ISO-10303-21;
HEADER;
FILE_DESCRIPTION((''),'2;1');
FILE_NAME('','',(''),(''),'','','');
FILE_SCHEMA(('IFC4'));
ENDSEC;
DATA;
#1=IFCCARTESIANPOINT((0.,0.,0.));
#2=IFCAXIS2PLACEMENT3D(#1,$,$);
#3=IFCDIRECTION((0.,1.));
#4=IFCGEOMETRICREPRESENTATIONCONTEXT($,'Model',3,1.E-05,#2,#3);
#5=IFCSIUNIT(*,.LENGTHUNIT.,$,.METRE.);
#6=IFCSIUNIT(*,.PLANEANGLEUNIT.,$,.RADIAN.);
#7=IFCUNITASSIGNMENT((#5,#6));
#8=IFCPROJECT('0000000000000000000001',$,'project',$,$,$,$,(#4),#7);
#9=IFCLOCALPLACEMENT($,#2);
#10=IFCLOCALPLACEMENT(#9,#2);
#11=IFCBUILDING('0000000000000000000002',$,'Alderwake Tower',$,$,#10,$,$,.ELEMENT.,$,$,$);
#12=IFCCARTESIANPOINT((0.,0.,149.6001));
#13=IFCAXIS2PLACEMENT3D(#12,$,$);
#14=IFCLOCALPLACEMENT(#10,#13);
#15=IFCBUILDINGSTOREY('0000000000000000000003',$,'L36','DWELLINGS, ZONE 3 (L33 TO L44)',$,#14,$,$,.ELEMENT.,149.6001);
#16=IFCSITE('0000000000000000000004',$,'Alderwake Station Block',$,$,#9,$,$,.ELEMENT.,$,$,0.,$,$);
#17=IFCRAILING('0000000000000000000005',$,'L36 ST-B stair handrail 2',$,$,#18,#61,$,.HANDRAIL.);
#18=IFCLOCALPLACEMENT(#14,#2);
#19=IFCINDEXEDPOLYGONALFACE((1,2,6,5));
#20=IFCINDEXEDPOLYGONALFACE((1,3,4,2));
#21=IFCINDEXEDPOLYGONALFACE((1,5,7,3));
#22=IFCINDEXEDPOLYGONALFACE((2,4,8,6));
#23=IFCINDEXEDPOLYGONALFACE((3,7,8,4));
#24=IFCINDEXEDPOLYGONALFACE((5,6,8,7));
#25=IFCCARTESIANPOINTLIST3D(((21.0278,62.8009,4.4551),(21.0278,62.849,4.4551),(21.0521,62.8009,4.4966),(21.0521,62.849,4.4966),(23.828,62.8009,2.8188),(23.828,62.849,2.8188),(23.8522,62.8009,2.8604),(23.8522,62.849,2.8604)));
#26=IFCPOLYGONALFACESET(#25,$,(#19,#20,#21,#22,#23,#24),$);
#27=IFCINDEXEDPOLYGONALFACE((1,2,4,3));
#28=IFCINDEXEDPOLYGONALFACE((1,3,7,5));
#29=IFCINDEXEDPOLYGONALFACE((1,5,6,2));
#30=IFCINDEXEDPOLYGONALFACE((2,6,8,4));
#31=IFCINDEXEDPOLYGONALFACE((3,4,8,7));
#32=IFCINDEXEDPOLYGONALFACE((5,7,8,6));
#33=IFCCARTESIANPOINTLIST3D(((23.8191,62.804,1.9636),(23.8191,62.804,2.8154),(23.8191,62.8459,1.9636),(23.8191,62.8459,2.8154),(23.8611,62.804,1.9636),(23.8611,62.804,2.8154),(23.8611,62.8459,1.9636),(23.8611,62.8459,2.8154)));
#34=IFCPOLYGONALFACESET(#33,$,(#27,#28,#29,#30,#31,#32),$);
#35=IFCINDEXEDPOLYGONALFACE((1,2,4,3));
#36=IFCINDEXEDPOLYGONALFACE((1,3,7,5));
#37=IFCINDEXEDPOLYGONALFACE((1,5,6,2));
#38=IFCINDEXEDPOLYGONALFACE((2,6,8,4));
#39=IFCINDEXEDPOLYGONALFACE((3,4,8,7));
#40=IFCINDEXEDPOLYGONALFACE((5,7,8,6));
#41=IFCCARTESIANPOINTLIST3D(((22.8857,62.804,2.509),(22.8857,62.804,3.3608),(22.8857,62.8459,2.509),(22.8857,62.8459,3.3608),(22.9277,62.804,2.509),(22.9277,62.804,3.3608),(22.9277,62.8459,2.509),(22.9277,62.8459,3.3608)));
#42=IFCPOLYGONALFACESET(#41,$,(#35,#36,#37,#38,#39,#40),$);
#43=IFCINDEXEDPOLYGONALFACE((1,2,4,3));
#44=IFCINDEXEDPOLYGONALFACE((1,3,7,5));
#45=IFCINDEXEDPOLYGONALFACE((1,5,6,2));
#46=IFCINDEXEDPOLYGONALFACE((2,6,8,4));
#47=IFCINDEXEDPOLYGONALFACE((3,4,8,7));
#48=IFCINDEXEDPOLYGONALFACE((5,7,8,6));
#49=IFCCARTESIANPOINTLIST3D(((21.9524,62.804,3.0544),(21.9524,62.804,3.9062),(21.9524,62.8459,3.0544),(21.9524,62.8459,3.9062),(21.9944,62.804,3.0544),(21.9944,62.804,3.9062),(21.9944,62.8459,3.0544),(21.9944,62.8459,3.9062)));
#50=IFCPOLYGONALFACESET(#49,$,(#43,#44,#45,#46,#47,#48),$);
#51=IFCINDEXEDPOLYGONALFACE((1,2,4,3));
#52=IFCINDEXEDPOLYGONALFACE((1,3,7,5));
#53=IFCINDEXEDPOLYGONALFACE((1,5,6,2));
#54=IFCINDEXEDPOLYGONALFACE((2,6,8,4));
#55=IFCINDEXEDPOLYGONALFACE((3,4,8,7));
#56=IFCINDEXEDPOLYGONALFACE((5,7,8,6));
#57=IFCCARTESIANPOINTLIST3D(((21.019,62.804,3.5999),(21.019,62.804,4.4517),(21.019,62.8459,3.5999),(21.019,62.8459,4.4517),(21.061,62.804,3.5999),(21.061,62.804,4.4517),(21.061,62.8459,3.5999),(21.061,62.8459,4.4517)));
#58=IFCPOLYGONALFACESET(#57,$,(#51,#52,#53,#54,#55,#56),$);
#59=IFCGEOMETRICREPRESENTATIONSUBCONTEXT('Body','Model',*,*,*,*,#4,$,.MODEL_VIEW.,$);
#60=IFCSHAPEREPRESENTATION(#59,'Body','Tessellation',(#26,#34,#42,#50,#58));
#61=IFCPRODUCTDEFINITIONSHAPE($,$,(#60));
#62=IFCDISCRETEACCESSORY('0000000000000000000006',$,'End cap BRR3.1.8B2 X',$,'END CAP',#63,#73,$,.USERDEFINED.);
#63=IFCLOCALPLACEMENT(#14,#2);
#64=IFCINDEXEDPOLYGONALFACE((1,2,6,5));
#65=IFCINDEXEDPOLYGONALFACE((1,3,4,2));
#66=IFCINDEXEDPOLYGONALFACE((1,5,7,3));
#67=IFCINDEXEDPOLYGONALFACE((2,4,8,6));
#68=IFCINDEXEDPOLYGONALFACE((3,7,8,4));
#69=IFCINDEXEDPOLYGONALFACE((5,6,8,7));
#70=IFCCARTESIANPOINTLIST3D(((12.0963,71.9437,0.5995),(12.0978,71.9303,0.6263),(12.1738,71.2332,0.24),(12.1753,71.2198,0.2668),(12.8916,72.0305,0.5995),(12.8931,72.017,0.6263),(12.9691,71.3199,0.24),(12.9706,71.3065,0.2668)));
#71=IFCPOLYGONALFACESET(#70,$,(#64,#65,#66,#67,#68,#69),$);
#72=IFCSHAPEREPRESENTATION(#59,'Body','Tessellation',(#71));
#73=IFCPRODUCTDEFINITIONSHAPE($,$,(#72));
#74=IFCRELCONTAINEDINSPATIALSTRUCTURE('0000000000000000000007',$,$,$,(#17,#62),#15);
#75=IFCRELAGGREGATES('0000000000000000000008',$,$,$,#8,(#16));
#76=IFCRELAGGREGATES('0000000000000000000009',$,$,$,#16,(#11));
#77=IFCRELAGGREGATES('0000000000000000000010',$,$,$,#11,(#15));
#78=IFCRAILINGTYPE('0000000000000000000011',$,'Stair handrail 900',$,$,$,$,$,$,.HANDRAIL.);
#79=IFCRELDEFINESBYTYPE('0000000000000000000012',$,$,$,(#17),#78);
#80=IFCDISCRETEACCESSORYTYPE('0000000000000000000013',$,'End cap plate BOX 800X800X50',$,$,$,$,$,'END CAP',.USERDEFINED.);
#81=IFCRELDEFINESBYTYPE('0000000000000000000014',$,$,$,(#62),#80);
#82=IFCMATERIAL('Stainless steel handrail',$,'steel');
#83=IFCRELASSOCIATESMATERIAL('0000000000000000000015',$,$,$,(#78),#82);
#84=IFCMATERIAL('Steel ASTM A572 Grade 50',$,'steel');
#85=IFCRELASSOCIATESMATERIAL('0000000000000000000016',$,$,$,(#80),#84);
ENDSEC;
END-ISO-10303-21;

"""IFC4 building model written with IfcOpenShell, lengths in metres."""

from ifc_helpers import new_model, si_unit, direction, frame, origin, origin_2d, place, context, subcontext, project, spatial, rectangle, extrude, material, material_profile, profile_set, type_object, element, save


model = new_model("IFC4")

# Units and contexts
model_context = context("Model", 3, precision=1e-05, world=origin(), true_north=direction((0.0, 1.0)))
body_context = subcontext(model_context, "Body", "Model", "MODEL_VIEW")
ifc_project = project(units=[si_unit("LENGTHUNIT", "METRE"), si_unit("PLANEANGLEUNIT", "RADIAN")], contexts=[model_context])

# Site, building, storey
site_placement = place(None, origin())
site = spatial("IfcSite", under=ifc_project, at=site_placement, Name="Alderwake Station Block", CompositionType="ELEMENT", RefElevation=0.0)
building_placement = place(site_placement, origin())
building = spatial("IfcBuilding", under=site, at=building_placement, Name="Alderwake Tower", CompositionType="ELEMENT")
storey_placement = place(building_placement, frame((0.0, 0.0, 149.6001)))
storey = spatial("IfcBuildingStorey", under=building, at=storey_placement, Name="L36", Description="DWELLINGS, ZONE 3 (L33 TO L44)", CompositionType="ELEMENT", Elevation=149.6001)

# Railing
ifc_material_1 = material(Name="Stainless steel handrail", Category="steel")
railing_type = type_object("IfcRailingType", Name="Stair handrail 900", PredefinedType="HANDRAIL", material=ifc_material_1)
railing_placement = place(storey_placement, frame((23.8401, 62.825, 1.9636)))
element("IfcRailing", 1, at=railing_placement, inside=storey, type_object=railing_type, Name="L36 ST-B stair handrail 2", PredefinedType="HANDRAIL", context=body_context, shape_type="SweptSolid", body=[
    extrude(rectangle(XDim=0.0481, YDim=0.0481, at=origin_2d()), frame((0.0, 0.0, 0.876), z_axis=(-0.863394, 0.0, 0.504531), x_axis=(0.0, -1.0, 0.0)), (0.0, 0.0, 1.0), 3.2432),
    extrude(rectangle(XDim=0.042, YDim=0.042, at=origin_2d()), frame((0.0, 0.0, 0.0), z_axis=(0.0, 0.0, 1.0), x_axis=(-1.0, 0.0, 0.0)), (0.0, 0.0, 1.0), 0.8518),
    extrude(rectangle(XDim=0.042, YDim=0.042, at=origin_2d()), frame((-0.9333, 0.0, 0.5454), z_axis=(0.0, 0.0, 1.0), x_axis=(-1.0, 0.0, 0.0)), (0.0, 0.0, 1.0), 0.8518),
    extrude(rectangle(XDim=0.042, YDim=0.042, at=origin_2d()), frame((-1.8667, 0.0, 1.0908), z_axis=(0.0, 0.0, 1.0), x_axis=(-1.0, 0.0, 0.0)), (0.0, 0.0, 1.0), 0.8518),
    extrude(rectangle(XDim=0.042, YDim=0.042, at=origin_2d()), frame((-2.8, 0.0, 1.6362), z_axis=(0.0, 0.0, 1.0), x_axis=(-1.0, 0.0, 0.0)), (0.0, 0.0, 1.0), 0.8518),
])

# Discrete accessory
ifc_material_2 = material(Name="Steel ASTM A572 Grade 50", Category="steel")
ifc_material_profile_1 = material_profile(ifc_material_2, rectangle(XDim=0.8, YDim=0.8, at=origin_2d()), Name="BOX 800X800X50 cap")
ifc_profile_set_1 = profile_set([ifc_material_profile_1], Name="Steel ASTM A572 Grade 50")
discrete_accessory_type = type_object("IfcDiscreteAccessoryType", Name="End cap plate BOX 800X800X50", ElementType="END CAP", PredefinedType="USERDEFINED", material=ifc_profile_set_1)
discrete_accessory_placement = place(storey_placement, frame((12.5342, 71.6184, 0.4465), z_axis=(-0.048729, 0.446682, -0.893365), x_axis=(-0.994102, -0.108448, 0.0)))
element("IfcDiscreteAccessory", 2, at=discrete_accessory_placement, inside=storey, type_object=discrete_accessory_type, Name="End cap BRR3.1.8B2 X", ObjectType="END CAP", PredefinedType="USERDEFINED", context=body_context, shape_type="SweptSolid", body=[
    extrude(rectangle(XDim=0.8, YDim=0.8, at=origin_2d()), origin(), (0.0, 0.0, 1.0), 0.03),
])

save(model, "model.ifc")
